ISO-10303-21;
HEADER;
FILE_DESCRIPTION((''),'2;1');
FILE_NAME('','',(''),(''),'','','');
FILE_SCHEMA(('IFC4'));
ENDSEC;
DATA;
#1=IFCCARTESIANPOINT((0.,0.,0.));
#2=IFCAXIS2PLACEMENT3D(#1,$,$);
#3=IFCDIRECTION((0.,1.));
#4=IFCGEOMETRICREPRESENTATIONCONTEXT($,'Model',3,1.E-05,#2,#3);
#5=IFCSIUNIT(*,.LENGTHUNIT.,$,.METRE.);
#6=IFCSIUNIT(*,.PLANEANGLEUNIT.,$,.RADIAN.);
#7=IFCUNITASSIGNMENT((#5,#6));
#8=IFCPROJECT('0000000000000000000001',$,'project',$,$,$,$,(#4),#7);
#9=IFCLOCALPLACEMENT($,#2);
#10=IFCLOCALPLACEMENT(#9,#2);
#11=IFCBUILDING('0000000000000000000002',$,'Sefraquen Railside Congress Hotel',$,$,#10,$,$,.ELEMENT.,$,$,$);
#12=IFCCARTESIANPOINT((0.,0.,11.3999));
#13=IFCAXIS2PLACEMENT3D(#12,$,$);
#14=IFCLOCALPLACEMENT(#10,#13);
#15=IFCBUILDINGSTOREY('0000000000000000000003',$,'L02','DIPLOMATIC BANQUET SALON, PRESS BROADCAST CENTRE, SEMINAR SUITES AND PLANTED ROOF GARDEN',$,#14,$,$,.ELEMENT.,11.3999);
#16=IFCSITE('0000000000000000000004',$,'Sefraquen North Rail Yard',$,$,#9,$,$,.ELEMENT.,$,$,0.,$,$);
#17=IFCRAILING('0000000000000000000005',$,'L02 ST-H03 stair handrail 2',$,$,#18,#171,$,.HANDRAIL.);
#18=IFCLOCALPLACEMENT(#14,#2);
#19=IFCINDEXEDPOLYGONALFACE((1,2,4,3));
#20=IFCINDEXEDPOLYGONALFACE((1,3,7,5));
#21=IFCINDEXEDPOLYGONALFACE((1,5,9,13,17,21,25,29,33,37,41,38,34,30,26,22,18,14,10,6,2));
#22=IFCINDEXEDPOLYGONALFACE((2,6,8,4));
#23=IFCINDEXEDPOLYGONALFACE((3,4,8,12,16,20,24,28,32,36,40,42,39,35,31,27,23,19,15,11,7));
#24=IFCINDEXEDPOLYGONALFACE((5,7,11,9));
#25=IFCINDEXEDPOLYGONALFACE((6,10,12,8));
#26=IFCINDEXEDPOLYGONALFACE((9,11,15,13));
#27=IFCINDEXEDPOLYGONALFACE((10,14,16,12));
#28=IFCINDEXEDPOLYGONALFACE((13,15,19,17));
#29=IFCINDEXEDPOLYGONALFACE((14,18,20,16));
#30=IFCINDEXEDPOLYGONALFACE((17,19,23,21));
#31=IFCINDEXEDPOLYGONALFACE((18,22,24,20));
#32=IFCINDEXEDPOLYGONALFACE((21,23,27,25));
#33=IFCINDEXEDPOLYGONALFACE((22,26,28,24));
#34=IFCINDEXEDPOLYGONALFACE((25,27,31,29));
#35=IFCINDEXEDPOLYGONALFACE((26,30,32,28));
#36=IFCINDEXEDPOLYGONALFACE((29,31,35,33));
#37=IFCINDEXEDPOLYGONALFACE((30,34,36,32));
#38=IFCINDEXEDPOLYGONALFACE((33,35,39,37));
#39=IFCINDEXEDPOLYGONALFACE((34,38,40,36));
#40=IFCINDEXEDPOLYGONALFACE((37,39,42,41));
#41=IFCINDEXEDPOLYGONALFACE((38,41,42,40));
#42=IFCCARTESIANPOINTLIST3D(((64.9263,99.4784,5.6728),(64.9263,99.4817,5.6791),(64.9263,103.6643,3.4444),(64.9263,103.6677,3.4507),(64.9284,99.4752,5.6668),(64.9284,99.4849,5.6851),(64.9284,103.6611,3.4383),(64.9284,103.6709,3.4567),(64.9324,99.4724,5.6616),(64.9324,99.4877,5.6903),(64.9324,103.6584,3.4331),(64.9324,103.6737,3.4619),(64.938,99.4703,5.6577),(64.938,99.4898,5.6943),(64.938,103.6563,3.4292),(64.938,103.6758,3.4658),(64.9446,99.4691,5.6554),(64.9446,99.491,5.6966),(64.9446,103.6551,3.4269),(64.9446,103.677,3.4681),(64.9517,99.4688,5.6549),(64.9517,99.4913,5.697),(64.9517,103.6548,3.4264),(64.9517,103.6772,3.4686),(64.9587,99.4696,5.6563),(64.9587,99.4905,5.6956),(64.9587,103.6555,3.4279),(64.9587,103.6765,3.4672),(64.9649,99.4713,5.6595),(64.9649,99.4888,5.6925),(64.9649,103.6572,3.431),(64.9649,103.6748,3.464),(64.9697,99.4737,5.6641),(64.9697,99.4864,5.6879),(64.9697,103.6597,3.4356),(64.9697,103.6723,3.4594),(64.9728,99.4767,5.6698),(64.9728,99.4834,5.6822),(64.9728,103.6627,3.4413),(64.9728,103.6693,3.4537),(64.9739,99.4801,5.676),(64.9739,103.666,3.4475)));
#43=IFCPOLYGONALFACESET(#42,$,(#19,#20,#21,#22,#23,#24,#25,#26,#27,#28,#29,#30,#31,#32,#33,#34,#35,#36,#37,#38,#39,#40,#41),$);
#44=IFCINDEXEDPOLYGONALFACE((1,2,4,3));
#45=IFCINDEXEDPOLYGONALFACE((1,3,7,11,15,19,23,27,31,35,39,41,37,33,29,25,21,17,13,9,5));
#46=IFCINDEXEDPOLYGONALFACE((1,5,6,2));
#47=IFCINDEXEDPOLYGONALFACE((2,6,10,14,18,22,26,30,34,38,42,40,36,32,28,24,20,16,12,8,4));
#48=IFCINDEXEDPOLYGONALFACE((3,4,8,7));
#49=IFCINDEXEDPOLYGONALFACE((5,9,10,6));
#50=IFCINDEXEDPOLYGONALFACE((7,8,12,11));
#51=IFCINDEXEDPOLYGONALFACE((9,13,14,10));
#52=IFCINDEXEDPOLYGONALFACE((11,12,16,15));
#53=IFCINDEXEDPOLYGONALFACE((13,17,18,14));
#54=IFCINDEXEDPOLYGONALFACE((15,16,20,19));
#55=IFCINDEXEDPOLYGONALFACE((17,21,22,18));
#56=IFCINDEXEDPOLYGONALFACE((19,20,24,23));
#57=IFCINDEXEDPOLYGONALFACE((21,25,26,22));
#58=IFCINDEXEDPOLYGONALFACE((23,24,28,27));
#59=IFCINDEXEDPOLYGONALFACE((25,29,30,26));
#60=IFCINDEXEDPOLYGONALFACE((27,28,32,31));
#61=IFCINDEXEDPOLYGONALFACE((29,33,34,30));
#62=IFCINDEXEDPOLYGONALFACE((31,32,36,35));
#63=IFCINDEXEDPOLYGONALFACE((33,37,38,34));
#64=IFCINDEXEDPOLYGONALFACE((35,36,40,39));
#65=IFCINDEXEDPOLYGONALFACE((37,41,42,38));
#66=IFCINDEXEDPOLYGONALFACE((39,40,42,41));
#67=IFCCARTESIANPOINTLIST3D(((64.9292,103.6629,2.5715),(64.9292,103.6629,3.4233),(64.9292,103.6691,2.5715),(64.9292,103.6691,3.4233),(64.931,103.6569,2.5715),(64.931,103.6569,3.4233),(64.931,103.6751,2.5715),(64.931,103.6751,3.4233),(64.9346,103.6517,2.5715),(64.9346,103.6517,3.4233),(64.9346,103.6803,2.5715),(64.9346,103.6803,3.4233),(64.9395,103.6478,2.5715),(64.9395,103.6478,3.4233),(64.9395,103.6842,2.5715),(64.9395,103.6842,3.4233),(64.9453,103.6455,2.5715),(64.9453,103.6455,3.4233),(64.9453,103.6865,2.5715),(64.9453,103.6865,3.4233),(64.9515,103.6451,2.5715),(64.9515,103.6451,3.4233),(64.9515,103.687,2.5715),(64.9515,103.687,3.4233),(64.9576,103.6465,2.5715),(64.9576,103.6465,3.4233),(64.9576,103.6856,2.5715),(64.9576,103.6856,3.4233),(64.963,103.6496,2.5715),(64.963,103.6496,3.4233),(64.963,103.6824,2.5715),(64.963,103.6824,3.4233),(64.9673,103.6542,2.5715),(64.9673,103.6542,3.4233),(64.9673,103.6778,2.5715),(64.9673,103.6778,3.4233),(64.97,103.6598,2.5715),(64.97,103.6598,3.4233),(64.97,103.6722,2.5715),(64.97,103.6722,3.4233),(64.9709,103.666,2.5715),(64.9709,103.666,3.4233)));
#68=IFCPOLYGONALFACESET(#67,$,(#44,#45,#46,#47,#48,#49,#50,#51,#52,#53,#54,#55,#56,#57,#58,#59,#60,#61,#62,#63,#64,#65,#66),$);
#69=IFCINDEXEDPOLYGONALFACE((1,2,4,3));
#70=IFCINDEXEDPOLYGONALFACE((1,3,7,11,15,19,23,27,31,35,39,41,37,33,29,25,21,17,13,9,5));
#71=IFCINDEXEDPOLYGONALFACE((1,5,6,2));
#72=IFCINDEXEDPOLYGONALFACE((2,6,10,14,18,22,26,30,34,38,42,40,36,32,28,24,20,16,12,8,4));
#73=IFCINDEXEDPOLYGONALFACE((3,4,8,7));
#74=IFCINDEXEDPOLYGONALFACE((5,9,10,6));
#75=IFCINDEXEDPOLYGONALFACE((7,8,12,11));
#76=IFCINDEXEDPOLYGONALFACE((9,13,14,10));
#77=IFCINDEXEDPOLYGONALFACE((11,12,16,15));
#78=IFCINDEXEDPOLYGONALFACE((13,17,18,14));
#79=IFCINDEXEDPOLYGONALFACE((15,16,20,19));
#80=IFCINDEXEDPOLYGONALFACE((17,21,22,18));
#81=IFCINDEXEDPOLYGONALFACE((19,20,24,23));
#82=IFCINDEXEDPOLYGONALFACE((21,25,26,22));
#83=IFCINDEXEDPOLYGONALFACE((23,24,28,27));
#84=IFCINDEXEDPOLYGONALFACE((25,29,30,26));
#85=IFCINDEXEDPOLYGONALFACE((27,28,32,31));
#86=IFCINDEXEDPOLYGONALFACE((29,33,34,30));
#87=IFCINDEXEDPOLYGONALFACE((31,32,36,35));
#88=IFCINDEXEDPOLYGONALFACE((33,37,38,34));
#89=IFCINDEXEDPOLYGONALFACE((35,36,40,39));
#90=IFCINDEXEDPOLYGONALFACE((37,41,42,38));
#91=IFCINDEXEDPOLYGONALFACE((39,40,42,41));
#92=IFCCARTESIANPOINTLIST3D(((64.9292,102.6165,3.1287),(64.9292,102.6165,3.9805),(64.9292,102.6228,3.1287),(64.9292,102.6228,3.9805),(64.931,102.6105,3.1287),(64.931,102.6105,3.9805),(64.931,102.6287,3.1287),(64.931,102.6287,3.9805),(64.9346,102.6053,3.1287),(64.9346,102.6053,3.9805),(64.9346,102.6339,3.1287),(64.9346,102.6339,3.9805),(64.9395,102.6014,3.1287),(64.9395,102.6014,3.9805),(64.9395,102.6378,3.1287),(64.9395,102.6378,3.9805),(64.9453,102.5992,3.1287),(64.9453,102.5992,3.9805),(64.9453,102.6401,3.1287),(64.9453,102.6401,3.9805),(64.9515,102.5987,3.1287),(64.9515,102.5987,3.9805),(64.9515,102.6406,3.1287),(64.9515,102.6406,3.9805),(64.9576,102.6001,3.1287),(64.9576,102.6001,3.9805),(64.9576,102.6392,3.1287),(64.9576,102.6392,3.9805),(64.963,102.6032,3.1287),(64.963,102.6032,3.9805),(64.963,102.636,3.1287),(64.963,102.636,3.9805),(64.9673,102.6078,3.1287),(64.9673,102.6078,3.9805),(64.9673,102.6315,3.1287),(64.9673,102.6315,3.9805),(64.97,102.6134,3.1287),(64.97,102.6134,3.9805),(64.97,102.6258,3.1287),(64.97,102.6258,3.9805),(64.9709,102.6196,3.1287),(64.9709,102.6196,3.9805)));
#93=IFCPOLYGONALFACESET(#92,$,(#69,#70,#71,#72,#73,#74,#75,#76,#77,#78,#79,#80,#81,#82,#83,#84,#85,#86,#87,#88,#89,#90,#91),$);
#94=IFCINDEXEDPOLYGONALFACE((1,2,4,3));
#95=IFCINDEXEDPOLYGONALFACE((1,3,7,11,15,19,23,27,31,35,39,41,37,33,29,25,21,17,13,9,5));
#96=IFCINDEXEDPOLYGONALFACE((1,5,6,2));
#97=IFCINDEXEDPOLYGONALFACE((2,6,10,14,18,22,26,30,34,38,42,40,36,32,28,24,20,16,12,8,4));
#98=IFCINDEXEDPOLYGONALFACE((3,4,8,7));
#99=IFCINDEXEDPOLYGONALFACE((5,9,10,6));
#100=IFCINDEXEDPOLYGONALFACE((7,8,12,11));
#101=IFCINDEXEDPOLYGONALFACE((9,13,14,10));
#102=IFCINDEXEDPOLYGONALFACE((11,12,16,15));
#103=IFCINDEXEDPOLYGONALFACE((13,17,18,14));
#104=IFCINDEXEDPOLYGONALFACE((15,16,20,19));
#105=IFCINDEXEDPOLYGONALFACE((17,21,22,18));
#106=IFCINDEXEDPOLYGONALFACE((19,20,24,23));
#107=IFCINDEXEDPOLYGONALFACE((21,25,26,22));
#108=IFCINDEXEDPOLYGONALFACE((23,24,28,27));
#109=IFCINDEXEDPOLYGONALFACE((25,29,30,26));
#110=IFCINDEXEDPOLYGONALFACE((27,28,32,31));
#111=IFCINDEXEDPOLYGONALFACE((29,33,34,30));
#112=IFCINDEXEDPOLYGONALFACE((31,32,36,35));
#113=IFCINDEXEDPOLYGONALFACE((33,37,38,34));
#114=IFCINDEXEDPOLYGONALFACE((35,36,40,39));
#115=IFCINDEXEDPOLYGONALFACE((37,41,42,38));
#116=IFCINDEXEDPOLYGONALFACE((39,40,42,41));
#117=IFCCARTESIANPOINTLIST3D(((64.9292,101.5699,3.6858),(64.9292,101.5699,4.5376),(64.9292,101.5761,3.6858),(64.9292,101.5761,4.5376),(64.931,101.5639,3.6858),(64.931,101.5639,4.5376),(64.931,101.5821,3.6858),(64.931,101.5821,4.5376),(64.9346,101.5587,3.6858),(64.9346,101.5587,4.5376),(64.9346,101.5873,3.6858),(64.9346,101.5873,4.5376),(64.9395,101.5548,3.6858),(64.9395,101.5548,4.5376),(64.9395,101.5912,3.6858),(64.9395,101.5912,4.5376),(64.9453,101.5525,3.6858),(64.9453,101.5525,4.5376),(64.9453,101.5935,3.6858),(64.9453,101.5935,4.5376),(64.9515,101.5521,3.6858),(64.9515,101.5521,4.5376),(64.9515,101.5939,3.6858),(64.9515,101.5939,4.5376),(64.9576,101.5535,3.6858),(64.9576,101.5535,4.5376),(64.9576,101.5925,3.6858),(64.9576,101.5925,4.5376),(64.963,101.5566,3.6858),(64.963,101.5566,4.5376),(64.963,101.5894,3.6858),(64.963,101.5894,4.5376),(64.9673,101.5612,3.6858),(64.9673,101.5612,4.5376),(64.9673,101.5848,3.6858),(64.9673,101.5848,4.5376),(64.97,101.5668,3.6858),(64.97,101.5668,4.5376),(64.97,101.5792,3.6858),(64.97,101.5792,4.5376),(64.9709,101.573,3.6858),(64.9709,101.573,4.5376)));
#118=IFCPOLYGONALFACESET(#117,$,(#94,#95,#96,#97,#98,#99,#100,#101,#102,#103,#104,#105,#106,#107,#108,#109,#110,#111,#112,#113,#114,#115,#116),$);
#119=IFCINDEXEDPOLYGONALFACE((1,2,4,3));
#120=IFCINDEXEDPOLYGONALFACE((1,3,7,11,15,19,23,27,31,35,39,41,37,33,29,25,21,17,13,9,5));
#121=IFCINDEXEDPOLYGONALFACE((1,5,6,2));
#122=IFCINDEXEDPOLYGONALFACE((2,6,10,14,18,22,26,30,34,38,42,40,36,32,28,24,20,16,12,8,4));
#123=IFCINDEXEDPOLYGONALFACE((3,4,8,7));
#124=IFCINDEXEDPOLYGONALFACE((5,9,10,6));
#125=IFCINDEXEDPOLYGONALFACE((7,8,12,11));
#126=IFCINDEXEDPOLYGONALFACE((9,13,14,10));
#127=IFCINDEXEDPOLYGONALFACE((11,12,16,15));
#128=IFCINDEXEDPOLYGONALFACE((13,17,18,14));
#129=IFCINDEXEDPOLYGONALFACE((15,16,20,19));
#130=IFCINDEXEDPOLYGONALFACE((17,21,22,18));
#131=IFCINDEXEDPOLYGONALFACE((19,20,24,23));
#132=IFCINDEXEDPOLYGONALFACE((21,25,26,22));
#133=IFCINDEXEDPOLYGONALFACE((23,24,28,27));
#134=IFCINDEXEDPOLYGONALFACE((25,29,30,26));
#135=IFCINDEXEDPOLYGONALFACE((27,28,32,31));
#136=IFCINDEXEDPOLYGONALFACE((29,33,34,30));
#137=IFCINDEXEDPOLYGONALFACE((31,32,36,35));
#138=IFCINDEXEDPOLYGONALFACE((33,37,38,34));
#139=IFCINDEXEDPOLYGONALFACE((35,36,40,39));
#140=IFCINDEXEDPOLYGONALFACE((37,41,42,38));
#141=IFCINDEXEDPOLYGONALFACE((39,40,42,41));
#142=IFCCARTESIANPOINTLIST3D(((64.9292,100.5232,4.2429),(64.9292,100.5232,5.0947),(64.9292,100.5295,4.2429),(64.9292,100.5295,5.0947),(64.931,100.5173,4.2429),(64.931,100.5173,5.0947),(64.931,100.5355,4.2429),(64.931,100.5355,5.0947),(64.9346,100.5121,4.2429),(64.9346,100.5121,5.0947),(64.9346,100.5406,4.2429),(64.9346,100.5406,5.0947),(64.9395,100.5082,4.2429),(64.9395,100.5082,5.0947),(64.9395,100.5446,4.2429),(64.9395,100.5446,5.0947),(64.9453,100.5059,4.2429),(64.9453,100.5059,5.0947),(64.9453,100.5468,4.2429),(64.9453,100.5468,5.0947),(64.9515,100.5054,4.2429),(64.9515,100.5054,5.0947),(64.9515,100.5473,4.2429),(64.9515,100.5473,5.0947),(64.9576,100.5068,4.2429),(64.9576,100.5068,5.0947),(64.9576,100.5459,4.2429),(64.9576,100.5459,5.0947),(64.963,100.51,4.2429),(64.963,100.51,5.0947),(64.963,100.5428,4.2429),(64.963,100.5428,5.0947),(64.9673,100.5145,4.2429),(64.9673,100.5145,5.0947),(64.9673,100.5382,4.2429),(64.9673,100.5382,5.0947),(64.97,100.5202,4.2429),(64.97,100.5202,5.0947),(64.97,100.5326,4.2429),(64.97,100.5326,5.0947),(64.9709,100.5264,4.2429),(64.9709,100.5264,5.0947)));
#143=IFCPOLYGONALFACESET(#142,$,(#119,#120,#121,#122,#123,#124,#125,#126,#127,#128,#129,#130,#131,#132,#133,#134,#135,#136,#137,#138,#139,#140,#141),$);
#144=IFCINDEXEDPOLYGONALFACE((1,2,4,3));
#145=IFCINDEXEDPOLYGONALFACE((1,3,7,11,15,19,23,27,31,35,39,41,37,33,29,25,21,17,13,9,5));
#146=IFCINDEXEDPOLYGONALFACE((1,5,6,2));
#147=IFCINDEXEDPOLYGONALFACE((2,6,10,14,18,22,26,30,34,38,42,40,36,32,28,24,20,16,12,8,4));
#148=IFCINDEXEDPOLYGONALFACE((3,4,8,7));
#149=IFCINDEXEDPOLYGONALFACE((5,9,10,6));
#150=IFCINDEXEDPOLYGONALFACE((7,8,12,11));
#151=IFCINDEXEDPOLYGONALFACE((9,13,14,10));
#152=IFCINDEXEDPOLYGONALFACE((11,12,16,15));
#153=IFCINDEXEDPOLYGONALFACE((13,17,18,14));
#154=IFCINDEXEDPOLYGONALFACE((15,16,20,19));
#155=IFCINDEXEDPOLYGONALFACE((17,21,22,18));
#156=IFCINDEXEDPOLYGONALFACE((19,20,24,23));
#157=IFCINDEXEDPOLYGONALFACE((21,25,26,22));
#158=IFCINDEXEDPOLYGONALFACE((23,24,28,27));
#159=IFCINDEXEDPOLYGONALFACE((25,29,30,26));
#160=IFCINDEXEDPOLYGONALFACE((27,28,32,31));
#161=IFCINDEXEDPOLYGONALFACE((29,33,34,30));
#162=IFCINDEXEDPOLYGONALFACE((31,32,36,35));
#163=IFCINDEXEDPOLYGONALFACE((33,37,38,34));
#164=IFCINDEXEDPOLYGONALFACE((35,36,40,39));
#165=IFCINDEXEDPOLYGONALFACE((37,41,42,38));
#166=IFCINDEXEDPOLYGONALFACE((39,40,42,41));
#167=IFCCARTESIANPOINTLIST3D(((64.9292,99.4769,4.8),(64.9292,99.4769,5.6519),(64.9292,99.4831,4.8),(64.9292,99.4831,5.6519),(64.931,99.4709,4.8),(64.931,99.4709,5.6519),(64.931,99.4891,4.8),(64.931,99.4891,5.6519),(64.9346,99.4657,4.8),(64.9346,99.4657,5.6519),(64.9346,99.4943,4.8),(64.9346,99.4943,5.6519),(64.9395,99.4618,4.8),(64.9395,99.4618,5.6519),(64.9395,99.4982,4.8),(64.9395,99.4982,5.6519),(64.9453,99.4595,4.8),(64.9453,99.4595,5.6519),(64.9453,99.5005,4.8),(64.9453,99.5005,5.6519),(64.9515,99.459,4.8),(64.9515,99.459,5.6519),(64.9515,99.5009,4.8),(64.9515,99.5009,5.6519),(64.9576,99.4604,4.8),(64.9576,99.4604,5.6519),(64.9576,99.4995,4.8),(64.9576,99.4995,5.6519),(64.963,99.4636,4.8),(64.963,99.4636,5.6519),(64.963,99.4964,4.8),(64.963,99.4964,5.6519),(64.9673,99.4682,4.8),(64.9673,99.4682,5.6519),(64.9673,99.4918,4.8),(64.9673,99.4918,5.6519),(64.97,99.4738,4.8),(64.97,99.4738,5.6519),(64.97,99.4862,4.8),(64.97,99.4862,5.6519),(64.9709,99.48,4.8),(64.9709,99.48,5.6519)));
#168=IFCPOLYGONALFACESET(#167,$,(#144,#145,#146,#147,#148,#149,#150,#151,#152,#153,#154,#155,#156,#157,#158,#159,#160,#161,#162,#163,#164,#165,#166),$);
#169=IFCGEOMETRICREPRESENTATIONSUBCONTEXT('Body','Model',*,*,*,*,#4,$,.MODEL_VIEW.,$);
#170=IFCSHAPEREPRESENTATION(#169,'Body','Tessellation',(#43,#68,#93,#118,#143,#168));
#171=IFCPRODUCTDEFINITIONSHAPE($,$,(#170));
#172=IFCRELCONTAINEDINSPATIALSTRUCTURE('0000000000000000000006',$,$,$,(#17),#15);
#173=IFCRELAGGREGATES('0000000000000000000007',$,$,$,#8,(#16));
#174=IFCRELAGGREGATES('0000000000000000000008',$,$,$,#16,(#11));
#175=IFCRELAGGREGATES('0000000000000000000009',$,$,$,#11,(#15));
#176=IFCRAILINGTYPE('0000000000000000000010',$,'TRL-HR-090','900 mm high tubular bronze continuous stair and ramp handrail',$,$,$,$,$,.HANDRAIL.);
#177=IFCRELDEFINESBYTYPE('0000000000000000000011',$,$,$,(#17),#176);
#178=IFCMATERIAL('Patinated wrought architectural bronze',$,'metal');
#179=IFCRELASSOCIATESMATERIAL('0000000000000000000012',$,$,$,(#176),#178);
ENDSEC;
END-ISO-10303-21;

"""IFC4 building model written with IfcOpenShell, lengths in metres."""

from ifc_helpers import new_model, si_unit, direction, frame, origin, origin_2d, place, context, subcontext, project, spatial, circle, extrude, material, type_object, element, save


model = new_model("IFC4")

# Units and contexts
model_context = context("Model", 3, precision=1e-05, world=origin(), true_north=direction((0.0, 1.0)))
body_context = subcontext(model_context, "Body", "Model", "MODEL_VIEW")
ifc_project = project(units=[si_unit("LENGTHUNIT", "METRE"), si_unit("PLANEANGLEUNIT", "RADIAN")], contexts=[model_context])

# Site, building, storey
site_placement = place(None, origin())
site = spatial("IfcSite", under=ifc_project, at=site_placement, Name="Sefraquen North Rail Yard", CompositionType="ELEMENT", RefElevation=0.0)
building_placement = place(site_placement, origin())
building = spatial("IfcBuilding", under=site, at=building_placement, Name="Sefraquen Railside Congress Hotel", CompositionType="ELEMENT")
storey_placement = place(building_placement, frame((0.0, 0.0, 11.3999)))
storey = spatial("IfcBuildingStorey", under=building, at=storey_placement, Name="L02", Description="DIPLOMATIC BANQUET SALON, PRESS BROADCAST CENTRE, SEMINAR SUITES AND PLANTED ROOF GARDEN", CompositionType="ELEMENT", Elevation=11.3999)

# Railing
ifc_material_1 = material(Name="Patinated wrought architectural bronze", Category="metal")
railing_type_1 = type_object("IfcRailingType", Name="TRL-HR-090", Description="900 mm high tubular bronze continuous stair and ramp handrail", PredefinedType="HANDRAIL", material=ifc_material_1)
railing_1_placement = place(storey_placement, frame((64.95, 103.666, 2.5715)))
element("IfcRailing", 1, at=railing_1_placement, inside=storey, type_object=railing_type_1, Name="L02 ST-H03 stair handrail 2", PredefinedType="HANDRAIL", context=body_context, shape_type="SweptSolid", body=[
    extrude(circle(Radius=0.0239, at=origin_2d()), frame((0.0, 0.0, 0.876), z_axis=(0.0, -0.882706, 0.469925), x_axis=(1.0, 0.0, 0.0)), (0.0, 0.0, 1.0), 4.7422),
    extrude(circle(Radius=0.021, at=origin_2d()), origin(), (0.0, 0.0, 1.0), 0.8518),
    extrude(circle(Radius=0.021, at=origin_2d()), frame((0.0, -1.0464, 0.5571)), (0.0, 0.0, 1.0), 0.8518),
    extrude(circle(Radius=0.021, at=origin_2d()), frame((0.0, -2.093, 1.1143)), (0.0, 0.0, 1.0), 0.8518),
    extrude(circle(Radius=0.021, at=origin_2d()), frame((0.0, -3.1396, 1.6714)), (0.0, 0.0, 1.0), 0.8518),
    extrude(circle(Radius=0.021, at=origin_2d()), frame((0.0, -4.186, 2.2285)), (0.0, 0.0, 1.0), 0.8518),
])

save(model, "model.ifc")
